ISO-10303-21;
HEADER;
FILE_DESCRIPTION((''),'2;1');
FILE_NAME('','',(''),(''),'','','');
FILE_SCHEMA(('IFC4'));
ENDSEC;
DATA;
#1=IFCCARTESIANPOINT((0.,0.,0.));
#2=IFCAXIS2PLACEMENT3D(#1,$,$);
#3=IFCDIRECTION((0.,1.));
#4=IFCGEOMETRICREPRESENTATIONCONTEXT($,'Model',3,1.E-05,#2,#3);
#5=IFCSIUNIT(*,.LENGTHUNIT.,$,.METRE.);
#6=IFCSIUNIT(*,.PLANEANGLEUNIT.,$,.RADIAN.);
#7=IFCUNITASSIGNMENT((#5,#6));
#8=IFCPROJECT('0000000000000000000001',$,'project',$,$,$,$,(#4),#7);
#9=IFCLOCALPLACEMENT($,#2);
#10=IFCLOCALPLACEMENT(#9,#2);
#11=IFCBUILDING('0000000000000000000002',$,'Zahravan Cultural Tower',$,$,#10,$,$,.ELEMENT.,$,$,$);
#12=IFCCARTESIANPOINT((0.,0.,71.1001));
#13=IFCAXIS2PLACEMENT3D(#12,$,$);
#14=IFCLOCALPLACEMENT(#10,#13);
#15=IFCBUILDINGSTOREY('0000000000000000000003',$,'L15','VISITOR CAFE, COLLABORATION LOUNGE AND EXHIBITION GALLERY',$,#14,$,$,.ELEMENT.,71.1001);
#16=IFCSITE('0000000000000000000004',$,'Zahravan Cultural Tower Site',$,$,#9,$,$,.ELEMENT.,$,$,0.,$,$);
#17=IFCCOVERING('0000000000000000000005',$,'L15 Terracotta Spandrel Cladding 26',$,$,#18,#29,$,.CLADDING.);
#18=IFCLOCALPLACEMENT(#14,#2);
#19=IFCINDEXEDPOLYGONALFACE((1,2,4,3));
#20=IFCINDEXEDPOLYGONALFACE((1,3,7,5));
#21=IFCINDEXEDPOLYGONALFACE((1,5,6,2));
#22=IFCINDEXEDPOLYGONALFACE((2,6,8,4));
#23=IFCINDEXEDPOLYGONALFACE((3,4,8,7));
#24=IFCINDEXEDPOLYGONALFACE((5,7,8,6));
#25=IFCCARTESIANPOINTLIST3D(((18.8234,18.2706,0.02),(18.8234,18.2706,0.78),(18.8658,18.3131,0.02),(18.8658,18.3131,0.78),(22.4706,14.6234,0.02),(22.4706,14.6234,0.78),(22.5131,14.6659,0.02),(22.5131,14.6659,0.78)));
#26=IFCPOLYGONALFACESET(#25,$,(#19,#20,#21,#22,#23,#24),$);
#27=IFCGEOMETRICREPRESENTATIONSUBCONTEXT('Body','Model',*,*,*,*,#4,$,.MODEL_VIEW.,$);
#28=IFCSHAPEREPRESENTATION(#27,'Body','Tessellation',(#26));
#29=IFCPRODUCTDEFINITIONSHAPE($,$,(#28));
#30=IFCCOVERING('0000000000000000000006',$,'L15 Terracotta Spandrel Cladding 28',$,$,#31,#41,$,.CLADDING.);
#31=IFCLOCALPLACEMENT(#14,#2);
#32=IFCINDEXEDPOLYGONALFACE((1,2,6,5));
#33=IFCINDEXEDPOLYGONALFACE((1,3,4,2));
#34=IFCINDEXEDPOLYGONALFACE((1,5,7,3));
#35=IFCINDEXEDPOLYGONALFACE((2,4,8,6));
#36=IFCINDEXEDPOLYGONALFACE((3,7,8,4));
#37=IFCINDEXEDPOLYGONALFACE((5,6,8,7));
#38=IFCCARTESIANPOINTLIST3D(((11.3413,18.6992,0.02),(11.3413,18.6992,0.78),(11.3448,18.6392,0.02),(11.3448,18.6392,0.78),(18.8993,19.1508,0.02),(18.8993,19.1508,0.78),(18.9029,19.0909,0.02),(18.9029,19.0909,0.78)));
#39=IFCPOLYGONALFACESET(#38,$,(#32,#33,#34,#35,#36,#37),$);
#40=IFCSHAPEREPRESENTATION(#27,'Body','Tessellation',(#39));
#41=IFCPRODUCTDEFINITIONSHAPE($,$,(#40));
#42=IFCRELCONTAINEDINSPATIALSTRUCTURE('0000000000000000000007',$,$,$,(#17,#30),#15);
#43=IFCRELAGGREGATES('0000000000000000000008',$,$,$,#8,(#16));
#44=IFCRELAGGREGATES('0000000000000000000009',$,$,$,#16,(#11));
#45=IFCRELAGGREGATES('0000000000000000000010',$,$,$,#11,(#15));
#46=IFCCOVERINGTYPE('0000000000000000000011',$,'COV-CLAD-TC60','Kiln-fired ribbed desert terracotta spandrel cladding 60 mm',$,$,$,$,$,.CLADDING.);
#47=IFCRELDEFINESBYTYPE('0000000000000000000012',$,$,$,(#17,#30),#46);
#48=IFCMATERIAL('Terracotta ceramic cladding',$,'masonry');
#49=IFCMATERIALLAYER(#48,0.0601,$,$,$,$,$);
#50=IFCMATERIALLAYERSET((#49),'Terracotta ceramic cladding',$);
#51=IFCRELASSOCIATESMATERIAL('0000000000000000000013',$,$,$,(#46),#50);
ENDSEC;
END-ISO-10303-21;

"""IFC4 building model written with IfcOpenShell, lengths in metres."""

from ifc_helpers import new_model, si_unit, direction, frame, origin, origin_2d, place, context, subcontext, project, spatial, rectangle, extrude, source, transform, mapped, material, layer, layer_set, type_object, element, save


model = new_model("IFC4")

# Units and contexts
model_context = context("Model", 3, precision=1e-05, world=origin(), true_north=direction((0.0, 1.0)))
body_context = subcontext(model_context, "Body", "Model", "MODEL_VIEW")
ifc_project = project(units=[si_unit("LENGTHUNIT", "METRE"), si_unit("PLANEANGLEUNIT", "RADIAN")], contexts=[model_context])

# Site, building, storey
site_placement = place(None, origin())
site = spatial("IfcSite", under=ifc_project, at=site_placement, Name="Zahravan Cultural Tower Site", CompositionType="ELEMENT", RefElevation=0.0)
building_placement = place(site_placement, origin())
building = spatial("IfcBuilding", under=site, at=building_placement, Name="Zahravan Cultural Tower", CompositionType="ELEMENT")
storey_placement = place(building_placement, frame((0.0, 0.0, 71.1001)))
storey = spatial("IfcBuildingStorey", under=building, at=storey_placement, Name="L15", Description="VISITOR CAFE, COLLABORATION LOUNGE AND EXHIBITION GALLERY", CompositionType="ELEMENT", Elevation=71.1001)

# Coverings
ifc_material_1 = material(Name="Terracotta ceramic cladding", Category="masonry")
ifc_layer_1 = layer(ifc_material_1, 0.0601)
ifc_layer_set_1 = layer_set([ifc_layer_1], Name="Terracotta ceramic cladding")
covering_type_1 = type_object("IfcCoveringType", Name="COV-CLAD-TC60", Description="Kiln-fired ribbed desert terracotta spandrel cladding 60 mm", PredefinedType="CLADDING", material=ifc_layer_set_1)
shared_shape_1 = source(origin(), body_context, "Body", "SweptSolid", [
    extrude(rectangle(XDim=5.158, YDim=0.0601, at=origin_2d()), origin(), (0.0, 0.0, 1.0), 0.76),
])
covering_1_placement = place(storey_placement, frame((20.6682, 16.4683, 0.02), z_axis=(0.0, 0.0, 1.0), x_axis=(-0.707107, 0.707107, 0.0)))
element("IfcCovering", 1, at=covering_1_placement, inside=storey, type_object=covering_type_1, Name="L15 Terracotta Spandrel Cladding 26", PredefinedType="CLADDING", context=body_context, shape_type="MappedRepresentation", body=[
    mapped(shared_shape_1, transform((0.0, 0.0, 0.0), x_axis=(1.0, 0.0, 0.0), y_axis=(0.0, 1.0, 0.0), z_axis=(0.0, 0.0, 1.0), scale=1.0)),
])
shared_shape_2 = source(origin(), body_context, "Body", "SweptSolid", [
    extrude(rectangle(XDim=7.5715, YDim=0.0601, at=origin_2d()), origin(), (0.0, 0.0, 1.0), 0.76),
])
covering_2_placement = place(storey_placement, frame((15.1221, 18.895, 0.02), z_axis=(0.0, 0.0, 1.0), x_axis=(-0.998219, -0.059655, 0.0)))
element("IfcCovering", 2, at=covering_2_placement, inside=storey, type_object=covering_type_1, Name="L15 Terracotta Spandrel Cladding 28", PredefinedType="CLADDING", context=body_context, shape_type="MappedRepresentation", body=[
    mapped(shared_shape_2, transform((0.0, 0.0, 0.0), x_axis=(1.0, 0.0, 0.0), y_axis=(0.0, 1.0, 0.0), z_axis=(0.0, 0.0, 1.0), scale=1.0)),
])

save(model, "model.ifc")
